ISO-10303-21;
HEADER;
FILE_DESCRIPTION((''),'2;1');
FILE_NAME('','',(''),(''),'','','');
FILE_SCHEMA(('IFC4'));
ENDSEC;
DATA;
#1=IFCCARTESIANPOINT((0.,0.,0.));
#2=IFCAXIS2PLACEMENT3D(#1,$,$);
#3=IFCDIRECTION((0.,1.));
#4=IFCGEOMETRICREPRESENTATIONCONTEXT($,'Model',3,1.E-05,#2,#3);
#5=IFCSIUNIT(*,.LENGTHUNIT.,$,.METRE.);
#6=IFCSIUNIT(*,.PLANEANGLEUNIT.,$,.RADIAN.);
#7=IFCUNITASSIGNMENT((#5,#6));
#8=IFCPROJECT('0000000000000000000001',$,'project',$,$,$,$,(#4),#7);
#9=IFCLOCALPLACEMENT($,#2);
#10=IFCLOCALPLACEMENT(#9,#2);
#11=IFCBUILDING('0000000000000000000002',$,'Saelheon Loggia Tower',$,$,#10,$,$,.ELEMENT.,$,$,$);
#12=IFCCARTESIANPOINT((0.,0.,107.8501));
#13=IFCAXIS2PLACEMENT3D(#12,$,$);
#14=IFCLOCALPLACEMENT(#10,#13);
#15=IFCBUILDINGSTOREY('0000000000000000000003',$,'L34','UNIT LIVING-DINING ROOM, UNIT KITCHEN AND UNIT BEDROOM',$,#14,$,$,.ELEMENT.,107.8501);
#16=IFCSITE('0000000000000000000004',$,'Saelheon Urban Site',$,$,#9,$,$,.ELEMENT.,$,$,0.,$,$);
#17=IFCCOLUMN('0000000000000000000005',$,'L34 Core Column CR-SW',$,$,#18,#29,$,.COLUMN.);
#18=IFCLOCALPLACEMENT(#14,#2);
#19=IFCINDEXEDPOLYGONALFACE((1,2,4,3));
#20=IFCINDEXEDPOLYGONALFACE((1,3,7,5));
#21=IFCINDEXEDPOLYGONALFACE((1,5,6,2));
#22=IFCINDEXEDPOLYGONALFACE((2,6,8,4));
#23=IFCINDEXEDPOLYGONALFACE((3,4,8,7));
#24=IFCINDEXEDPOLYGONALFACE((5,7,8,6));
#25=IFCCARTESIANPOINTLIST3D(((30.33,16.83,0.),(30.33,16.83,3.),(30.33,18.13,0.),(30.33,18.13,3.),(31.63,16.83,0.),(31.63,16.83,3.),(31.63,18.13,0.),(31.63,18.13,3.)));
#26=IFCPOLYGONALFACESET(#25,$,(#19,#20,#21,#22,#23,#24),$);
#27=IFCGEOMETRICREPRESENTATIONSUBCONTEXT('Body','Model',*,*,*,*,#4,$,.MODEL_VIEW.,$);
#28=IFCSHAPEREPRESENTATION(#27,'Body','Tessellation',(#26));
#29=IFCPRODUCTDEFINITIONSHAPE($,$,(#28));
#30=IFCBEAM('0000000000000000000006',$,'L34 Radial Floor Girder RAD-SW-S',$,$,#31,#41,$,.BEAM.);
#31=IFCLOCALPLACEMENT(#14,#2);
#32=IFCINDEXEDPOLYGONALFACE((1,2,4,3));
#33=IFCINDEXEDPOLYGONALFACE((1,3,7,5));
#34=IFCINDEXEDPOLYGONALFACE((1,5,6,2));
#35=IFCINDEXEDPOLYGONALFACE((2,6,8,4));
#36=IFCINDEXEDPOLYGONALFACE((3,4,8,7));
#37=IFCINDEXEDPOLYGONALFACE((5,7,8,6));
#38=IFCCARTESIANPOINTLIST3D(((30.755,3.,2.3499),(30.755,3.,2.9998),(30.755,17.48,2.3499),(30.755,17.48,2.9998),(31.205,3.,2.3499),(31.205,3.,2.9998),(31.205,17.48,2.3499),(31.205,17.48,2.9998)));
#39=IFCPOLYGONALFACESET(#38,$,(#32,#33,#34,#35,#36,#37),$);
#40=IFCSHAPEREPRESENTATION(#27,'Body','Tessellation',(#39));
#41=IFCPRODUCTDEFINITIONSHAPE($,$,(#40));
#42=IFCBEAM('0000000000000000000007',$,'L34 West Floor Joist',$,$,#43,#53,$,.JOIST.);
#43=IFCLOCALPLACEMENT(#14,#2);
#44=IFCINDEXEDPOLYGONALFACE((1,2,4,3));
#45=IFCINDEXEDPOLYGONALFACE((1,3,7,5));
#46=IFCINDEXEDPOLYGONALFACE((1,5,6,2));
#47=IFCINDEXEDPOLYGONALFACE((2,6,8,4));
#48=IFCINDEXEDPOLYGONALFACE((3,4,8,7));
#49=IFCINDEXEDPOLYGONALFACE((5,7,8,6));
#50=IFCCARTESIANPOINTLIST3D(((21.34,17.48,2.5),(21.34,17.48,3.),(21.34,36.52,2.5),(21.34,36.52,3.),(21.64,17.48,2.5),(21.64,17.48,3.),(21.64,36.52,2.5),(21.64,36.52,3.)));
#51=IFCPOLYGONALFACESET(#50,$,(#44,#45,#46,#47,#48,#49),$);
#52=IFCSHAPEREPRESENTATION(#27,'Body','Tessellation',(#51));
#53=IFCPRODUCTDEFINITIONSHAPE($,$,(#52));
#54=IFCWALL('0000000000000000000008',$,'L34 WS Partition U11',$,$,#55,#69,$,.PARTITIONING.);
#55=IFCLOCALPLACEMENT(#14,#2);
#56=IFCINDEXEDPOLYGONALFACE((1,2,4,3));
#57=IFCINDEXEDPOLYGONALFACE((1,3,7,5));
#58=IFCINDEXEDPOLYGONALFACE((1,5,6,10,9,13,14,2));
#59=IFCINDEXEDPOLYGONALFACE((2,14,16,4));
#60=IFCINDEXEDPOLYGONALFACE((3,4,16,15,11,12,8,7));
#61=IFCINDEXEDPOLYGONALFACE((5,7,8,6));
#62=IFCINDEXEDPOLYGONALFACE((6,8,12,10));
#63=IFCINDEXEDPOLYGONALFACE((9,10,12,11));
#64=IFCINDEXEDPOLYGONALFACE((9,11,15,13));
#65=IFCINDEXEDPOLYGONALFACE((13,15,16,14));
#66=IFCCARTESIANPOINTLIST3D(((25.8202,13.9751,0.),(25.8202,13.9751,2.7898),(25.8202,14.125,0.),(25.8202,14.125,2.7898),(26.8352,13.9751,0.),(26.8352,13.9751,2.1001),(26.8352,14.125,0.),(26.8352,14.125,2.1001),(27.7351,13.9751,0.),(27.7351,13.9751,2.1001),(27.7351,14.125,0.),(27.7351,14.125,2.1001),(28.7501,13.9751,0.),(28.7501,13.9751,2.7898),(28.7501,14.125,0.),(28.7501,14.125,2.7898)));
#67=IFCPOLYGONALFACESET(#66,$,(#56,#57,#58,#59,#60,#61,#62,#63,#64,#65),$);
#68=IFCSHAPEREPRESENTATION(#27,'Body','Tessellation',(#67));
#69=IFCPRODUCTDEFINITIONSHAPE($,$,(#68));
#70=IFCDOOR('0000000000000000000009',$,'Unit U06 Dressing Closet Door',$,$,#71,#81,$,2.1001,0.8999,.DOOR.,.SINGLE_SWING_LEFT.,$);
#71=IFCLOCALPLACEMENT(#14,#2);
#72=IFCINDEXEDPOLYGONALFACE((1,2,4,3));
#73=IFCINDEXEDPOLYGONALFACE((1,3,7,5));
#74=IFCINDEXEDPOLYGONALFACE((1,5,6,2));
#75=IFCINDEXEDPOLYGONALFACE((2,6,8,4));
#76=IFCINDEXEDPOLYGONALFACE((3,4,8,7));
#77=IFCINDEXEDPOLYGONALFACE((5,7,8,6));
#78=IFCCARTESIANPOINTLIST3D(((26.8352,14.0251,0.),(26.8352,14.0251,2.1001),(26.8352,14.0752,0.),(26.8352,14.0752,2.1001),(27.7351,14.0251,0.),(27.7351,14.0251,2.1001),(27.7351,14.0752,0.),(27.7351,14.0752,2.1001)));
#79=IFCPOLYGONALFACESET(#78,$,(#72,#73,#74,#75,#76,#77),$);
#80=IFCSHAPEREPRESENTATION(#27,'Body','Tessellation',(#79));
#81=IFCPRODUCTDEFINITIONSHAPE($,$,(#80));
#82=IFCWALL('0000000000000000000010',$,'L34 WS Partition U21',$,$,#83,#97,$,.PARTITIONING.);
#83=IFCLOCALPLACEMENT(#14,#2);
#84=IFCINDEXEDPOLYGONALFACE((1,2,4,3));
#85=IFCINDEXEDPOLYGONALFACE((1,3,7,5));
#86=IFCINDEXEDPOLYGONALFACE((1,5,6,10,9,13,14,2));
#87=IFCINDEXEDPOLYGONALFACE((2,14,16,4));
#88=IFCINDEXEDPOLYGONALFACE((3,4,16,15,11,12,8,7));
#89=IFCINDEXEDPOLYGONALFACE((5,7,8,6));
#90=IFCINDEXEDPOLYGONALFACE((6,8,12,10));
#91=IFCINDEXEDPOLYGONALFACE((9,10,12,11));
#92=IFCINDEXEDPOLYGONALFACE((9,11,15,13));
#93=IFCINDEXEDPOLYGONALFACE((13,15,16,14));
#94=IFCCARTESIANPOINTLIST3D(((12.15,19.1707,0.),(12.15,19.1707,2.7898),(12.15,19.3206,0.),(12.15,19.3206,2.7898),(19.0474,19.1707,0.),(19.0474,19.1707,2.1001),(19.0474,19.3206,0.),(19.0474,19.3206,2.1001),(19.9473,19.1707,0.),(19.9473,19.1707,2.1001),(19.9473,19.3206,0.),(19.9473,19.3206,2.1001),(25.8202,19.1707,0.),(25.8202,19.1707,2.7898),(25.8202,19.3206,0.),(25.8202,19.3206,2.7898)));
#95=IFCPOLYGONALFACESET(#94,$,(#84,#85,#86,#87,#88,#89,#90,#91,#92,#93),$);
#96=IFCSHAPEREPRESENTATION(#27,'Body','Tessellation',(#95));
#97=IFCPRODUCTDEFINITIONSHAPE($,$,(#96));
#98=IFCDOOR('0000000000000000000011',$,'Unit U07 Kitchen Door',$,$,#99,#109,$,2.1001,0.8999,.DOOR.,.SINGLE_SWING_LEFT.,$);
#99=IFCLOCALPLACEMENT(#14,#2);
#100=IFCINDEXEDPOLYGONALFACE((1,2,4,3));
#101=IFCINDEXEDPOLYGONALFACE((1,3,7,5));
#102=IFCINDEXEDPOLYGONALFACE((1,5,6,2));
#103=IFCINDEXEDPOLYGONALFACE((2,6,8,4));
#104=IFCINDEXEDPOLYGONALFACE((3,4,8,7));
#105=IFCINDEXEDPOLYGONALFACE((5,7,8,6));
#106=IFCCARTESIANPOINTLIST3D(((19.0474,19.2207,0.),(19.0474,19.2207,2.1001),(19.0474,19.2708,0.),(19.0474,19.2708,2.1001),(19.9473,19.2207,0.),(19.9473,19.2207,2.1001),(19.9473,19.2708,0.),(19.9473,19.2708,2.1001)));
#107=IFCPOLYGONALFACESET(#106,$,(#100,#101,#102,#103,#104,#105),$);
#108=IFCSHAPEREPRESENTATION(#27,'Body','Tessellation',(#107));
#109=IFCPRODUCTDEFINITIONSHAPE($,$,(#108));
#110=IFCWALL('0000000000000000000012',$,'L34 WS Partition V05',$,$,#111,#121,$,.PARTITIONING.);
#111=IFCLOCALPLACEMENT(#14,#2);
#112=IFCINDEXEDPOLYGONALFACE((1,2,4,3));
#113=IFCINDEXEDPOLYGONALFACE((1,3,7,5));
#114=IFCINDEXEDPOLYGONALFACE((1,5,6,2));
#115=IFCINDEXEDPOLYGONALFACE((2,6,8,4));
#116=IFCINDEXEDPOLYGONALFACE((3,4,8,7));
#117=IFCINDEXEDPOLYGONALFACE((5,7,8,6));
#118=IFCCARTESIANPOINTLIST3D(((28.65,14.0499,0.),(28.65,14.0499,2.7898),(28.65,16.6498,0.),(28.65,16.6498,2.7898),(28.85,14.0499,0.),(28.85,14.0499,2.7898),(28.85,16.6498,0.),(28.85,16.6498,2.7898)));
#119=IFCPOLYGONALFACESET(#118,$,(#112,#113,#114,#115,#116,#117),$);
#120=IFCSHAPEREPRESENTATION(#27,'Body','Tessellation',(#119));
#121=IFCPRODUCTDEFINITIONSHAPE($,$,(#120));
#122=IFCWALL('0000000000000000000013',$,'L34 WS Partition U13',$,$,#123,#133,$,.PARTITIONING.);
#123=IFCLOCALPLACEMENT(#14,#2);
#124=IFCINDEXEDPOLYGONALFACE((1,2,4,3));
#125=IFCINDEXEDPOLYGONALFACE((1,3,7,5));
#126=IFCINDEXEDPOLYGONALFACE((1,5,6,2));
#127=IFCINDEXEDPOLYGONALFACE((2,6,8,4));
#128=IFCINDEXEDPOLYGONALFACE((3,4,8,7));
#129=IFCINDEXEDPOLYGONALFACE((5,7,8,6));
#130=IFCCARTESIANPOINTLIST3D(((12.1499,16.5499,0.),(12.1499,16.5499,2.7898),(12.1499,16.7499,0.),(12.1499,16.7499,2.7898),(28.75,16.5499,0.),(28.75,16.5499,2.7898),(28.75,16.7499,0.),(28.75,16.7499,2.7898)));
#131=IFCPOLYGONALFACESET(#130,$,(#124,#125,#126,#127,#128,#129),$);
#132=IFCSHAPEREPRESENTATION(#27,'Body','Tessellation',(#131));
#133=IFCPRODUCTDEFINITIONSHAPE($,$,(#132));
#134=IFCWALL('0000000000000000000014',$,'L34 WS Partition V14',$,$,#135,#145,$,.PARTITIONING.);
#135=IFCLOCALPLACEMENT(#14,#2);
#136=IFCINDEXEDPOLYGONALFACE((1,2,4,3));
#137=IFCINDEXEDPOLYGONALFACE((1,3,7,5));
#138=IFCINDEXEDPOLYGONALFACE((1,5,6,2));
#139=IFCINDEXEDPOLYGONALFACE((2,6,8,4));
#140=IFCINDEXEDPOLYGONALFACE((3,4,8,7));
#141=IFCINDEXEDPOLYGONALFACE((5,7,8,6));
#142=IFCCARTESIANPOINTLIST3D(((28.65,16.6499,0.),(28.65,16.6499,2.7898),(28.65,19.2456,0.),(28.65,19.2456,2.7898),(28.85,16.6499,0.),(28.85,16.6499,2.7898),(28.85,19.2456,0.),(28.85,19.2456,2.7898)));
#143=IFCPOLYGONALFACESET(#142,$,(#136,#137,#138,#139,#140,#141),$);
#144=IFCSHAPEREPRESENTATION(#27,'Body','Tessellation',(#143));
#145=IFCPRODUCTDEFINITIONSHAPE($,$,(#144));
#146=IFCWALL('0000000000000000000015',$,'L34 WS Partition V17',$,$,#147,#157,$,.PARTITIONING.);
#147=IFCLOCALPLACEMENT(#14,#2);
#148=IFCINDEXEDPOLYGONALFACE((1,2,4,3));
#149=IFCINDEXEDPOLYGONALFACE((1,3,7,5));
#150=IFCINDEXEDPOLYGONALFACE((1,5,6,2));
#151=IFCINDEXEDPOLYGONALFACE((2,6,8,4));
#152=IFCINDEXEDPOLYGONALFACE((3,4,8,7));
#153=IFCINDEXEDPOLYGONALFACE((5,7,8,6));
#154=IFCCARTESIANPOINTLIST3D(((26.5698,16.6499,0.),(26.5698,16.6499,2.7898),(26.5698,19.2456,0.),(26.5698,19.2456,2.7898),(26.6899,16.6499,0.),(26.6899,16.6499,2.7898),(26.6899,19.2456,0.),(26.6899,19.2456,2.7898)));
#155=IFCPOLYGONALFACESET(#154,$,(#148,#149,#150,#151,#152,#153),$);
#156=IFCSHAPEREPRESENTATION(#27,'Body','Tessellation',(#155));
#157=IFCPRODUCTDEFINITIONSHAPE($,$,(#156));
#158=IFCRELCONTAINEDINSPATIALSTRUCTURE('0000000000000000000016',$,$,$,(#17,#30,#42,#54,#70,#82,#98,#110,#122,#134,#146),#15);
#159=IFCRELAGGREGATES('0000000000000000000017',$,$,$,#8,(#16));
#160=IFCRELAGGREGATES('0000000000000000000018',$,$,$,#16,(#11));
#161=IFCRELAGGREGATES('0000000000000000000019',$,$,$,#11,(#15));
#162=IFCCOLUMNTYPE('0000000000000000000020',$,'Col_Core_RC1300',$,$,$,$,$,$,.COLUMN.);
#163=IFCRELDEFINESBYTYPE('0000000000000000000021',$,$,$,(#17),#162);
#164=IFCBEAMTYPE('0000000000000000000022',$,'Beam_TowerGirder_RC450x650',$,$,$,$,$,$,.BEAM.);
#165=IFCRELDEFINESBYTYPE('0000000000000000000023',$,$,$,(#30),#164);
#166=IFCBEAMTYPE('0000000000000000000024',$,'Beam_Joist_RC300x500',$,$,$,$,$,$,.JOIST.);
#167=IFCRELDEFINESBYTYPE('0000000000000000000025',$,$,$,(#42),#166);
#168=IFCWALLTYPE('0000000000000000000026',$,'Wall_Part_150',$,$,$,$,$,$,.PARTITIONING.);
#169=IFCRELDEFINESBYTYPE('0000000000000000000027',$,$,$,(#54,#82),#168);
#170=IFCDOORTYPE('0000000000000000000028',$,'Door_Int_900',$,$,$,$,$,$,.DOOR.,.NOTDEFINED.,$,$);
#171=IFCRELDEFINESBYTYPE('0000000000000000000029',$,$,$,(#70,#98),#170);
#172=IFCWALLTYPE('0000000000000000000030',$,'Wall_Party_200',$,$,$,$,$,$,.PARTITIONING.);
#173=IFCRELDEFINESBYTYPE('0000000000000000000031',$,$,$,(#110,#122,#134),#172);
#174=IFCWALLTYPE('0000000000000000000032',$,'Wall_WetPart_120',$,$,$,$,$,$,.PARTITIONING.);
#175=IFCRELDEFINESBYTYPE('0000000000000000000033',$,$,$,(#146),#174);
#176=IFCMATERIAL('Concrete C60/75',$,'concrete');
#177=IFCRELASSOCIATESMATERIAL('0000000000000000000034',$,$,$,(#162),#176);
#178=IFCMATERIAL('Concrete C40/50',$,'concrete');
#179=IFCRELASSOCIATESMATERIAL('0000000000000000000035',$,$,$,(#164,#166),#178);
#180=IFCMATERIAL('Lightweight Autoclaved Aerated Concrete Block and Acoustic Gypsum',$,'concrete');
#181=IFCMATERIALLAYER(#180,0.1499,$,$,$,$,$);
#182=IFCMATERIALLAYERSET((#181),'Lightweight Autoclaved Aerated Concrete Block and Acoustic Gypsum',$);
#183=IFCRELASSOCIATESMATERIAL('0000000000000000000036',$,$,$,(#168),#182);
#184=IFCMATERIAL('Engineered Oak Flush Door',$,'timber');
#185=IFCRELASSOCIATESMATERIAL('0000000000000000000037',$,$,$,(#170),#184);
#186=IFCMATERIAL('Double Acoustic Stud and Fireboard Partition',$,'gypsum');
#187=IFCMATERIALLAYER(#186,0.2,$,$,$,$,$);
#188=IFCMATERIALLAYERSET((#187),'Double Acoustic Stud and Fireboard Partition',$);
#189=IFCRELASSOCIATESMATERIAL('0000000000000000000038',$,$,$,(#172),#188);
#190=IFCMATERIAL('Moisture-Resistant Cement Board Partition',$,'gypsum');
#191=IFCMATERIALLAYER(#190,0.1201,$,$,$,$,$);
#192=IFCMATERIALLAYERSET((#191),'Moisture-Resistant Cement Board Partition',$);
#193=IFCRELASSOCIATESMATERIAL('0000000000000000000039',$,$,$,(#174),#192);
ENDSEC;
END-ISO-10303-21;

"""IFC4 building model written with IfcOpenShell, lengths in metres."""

from ifc_helpers import new_model, si_unit, direction, frame, frame_2d, origin, origin_2d, place, context, subcontext, project, spatial, rectangle, extrude, source, transform, mapped, material, layer, layer_set, material_profile, profile_set, type_object, element, fill, save


model = new_model("IFC4")

# Units and contexts
model_context = context("Model", 3, precision=1e-05, world=origin(), true_north=direction((0.0, 1.0)))
body_context = subcontext(model_context, "Body", "Model", "MODEL_VIEW")
ifc_project = project(units=[si_unit("LENGTHUNIT", "METRE"), si_unit("PLANEANGLEUNIT", "RADIAN")], contexts=[model_context])

# Site, building, storey
site_placement = place(None, origin())
site = spatial("IfcSite", under=ifc_project, at=site_placement, Name="Saelheon Urban Site", CompositionType="ELEMENT", RefElevation=0.0)
building_placement = place(site_placement, origin())
building = spatial("IfcBuilding", under=site, at=building_placement, Name="Saelheon Loggia Tower", CompositionType="ELEMENT")
storey_placement = place(building_placement, frame((0.0, 0.0, 107.8501)))
storey = spatial("IfcBuildingStorey", under=building, at=storey_placement, Name="L34", Description="UNIT LIVING-DINING ROOM, UNIT KITCHEN AND UNIT BEDROOM", CompositionType="ELEMENT", Elevation=107.8501)

# Column
ifc_material_1 = material(Name="Concrete C60/75", Category="concrete")
ifc_material_profile_1 = material_profile(ifc_material_1, rectangle(XDim=1.3, YDim=1.3, at=origin_2d()), Name="RC-1300x1300")
ifc_profile_set_1 = profile_set([ifc_material_profile_1], Name="Concrete C60/75")
column_type = type_object("IfcColumnType", Name="Col_Core_RC1300", PredefinedType="COLUMN", material=ifc_profile_set_1)
shared_shape_1 = source(origin(), body_context, "Body", "SweptSolid", [
    extrude(rectangle(XDim=1.3, YDim=1.3, at=origin_2d()), origin(), (0.0, 0.0, 1.0), 3.0),
])
column_placement = place(storey_placement, frame((30.98, 17.48, 0.0), z_axis=(0.0, 0.0, 1.0), x_axis=(1.0, 0.0, 0.0)))
element("IfcColumn", 1, at=column_placement, inside=storey, type_object=column_type, Name="L34 Core Column CR-SW", PredefinedType="COLUMN", context=body_context, shape_type="MappedRepresentation", body=[
    mapped(shared_shape_1, transform((0.0, 0.0, 0.0), scale=1.0)),
])

# Beams
ifc_material_2 = material(Name="Concrete C40/50", Category="concrete")
ifc_material_profile_2 = material_profile(ifc_material_2, rectangle(XDim=0.45, YDim=0.6499, at=origin_2d()), Name="RC-450x650")
ifc_profile_set_2 = profile_set([ifc_material_profile_2], Name="Concrete C40/50")
beam_type_1 = type_object("IfcBeamType", Name="Beam_TowerGirder_RC450x650", PredefinedType="BEAM", material=ifc_profile_set_2)
shared_shape_2 = source(origin(), body_context, "Body", "SweptSolid", [
    extrude(rectangle(XDim=0.45, YDim=0.6499, at=origin_2d()), origin(), (0.0, 0.0, 1.0), 14.48),
])
beam_1_placement = place(storey_placement, frame((30.98, 17.48, 2.6748), z_axis=(0.0, -1.0, 0.0), x_axis=(1.0, 0.0, 0.0)))
element("IfcBeam", 2, at=beam_1_placement, inside=storey, type_object=beam_type_1, Name="L34 Radial Floor Girder RAD-SW-S", PredefinedType="BEAM", context=body_context, shape_type="MappedRepresentation", body=[
    mapped(shared_shape_2, transform((0.0, 0.0, 0.0), scale=1.0)),
])
ifc_material_profile_3 = material_profile(ifc_material_2, rectangle(XDim=0.3, YDim=0.5, at=origin_2d()), Name="RC-300x500")
ifc_profile_set_3 = profile_set([ifc_material_profile_3], Name="Concrete C40/50")
beam_type_2 = type_object("IfcBeamType", Name="Beam_Joist_RC300x500", PredefinedType="JOIST", material=ifc_profile_set_3)
shared_shape_3 = source(origin(), body_context, "Body", "SweptSolid", [
    extrude(rectangle(XDim=0.3, YDim=0.5, at=origin_2d()), origin(), (0.0, 0.0, 1.0), 19.04),
])
beam_2_placement = place(storey_placement, frame((21.49, 17.48, 2.75), z_axis=(0.0, 1.0, 0.0), x_axis=(-1.0, 0.0, 0.0)))
element("IfcBeam", 3, at=beam_2_placement, inside=storey, type_object=beam_type_2, Name="L34 West Floor Joist", PredefinedType="JOIST", context=body_context, shape_type="MappedRepresentation", body=[
    mapped(shared_shape_3, transform((0.0, 0.0, 0.0), scale=1.0)),
])

# Walls, openings, doors
ifc_material_3 = material(Name="Lightweight Autoclaved Aerated Concrete Block and Acoustic Gypsum", Category="concrete")
ifc_layer_1 = layer(ifc_material_3, 0.1499)
ifc_layer_set_1 = layer_set([ifc_layer_1], Name="Lightweight Autoclaved Aerated Concrete Block and Acoustic Gypsum")
wall_type_1 = type_object("IfcWallType", Name="Wall_Part_150", PredefinedType="PARTITIONING", material=ifc_layer_set_1)
wall_1_placement = place(storey_placement, frame((28.75, 14.05, 0.0), z_axis=(0.0, 0.0, 1.0), x_axis=(-1.0, 0.0, 0.0)))
wall_1 = element("IfcWall", 4, at=wall_1_placement, inside=storey, type_object=wall_type_1, Name="L34 WS Partition U11", PredefinedType="PARTITIONING", context=body_context, shape_type="SweptSolid", body=[
    extrude(rectangle(XDim=2.9299, YDim=0.1499, at=frame_2d((1.4648, 0.0))), origin(), (0.0, 0.0, 1.0), 2.7898),
])
opening_1_placement = place(wall_1_placement, frame((1.0149, 0.0, 0.0)))
opening_1 = element("IfcOpeningElement", 5, at=opening_1_placement, cuts=wall_1, PredefinedType="OPENING", context=body_context, shape_type="SweptSolid", body=[
    extrude(rectangle(XDim=0.8999, YDim=2.1001, at=frame_2d((0.45, 1.05))), frame((0.0, 0.0869, 0.0), z_axis=(0.0, -1.0, 0.0), x_axis=(1.0, 0.0, 0.0)), (0.0, 0.0, 1.0), 0.1738),
])
ifc_material_4 = material(Name="Engineered Oak Flush Door", Category="timber")
door_type_1 = type_object("IfcDoorType", Name="Door_Int_900", OperationType="NOTDEFINED", PredefinedType="DOOR", material=ifc_material_4)
shared_shape_4 = source(origin(), body_context, "Body", "SweptSolid", [
    extrude(rectangle(XDim=0.8999, YDim=2.1001, at=frame_2d((0.45, 1.05))), frame((0.0, 0.0249, 0.0), z_axis=(0.0, -1.0, 0.0), x_axis=(1.0, 0.0, 0.0)), (0.0, 0.0, 1.0), 0.05),
])
door_1_placement = place(opening_1_placement, origin())
door_1 = element("IfcDoor", 6, at=door_1_placement, inside=storey, type_object=door_type_1, Name="Unit U06 Dressing Closet Door", OperationType="SINGLE_SWING_LEFT", OverallHeight=2.1001, OverallWidth=0.8999, PredefinedType="DOOR", context=body_context, shape_type="MappedRepresentation", body=[
    mapped(shared_shape_4, transform((0.0, 0.0, 0.0), scale=1.0)),
])
fill(opening_1, door_1)
wall_2_placement = place(storey_placement, frame((25.8201, 19.2456, 0.0), z_axis=(0.0, 0.0, 1.0), x_axis=(-1.0, 0.0, 0.0)))
wall_2 = element("IfcWall", 7, at=wall_2_placement, inside=storey, type_object=wall_type_1, Name="L34 WS Partition U21", PredefinedType="PARTITIONING", context=body_context, shape_type="SweptSolid", body=[
    extrude(rectangle(XDim=13.6702, YDim=0.1499, at=frame_2d((6.835, 0.0))), origin(), (0.0, 0.0, 1.0), 2.7898),
])
opening_2_placement = place(wall_2_placement, frame((5.8728, 0.0, 0.0)))
opening_2 = element("IfcOpeningElement", 8, at=opening_2_placement, cuts=wall_2, PredefinedType="OPENING", context=body_context, shape_type="SweptSolid", body=[
    extrude(rectangle(XDim=0.8999, YDim=2.1001, at=frame_2d((0.45, 1.05))), frame((0.0, 0.0869, 0.0), z_axis=(0.0, -1.0, 0.0), x_axis=(1.0, 0.0, 0.0)), (0.0, 0.0, 1.0), 0.1738),
])
door_2_placement = place(opening_2_placement, origin())
door_2 = element("IfcDoor", 9, at=door_2_placement, inside=storey, type_object=door_type_1, Name="Unit U07 Kitchen Door", OperationType="SINGLE_SWING_LEFT", OverallHeight=2.1001, OverallWidth=0.8999, PredefinedType="DOOR", context=body_context, shape_type="MappedRepresentation", body=[
    mapped(shared_shape_4, transform((0.0, 0.0, 0.0), scale=1.0)),
])
fill(opening_2, door_2)

# Walls
ifc_material_5 = material(Name="Double Acoustic Stud and Fireboard Partition", Category="gypsum")
ifc_layer_2 = layer(ifc_material_5, 0.2)
ifc_layer_set_2 = layer_set([ifc_layer_2], Name="Double Acoustic Stud and Fireboard Partition")
wall_type_2 = type_object("IfcWallType", Name="Wall_Party_200", PredefinedType="PARTITIONING", material=ifc_layer_set_2)
wall_3_placement = place(storey_placement, frame((28.75, 14.05, 0.0), z_axis=(0.0, 0.0, 1.0), x_axis=(0.0, 1.0, 0.0)))
element("IfcWall", 10, at=wall_3_placement, inside=storey, type_object=wall_type_2, Name="L34 WS Partition V05", PredefinedType="PARTITIONING", context=body_context, shape_type="SweptSolid", body=[
    extrude(rectangle(XDim=2.5999, YDim=0.2, at=frame_2d((1.2998, 0.0))), origin(), (0.0, 0.0, 1.0), 2.7898),
])
wall_4_placement = place(storey_placement, frame((28.75, 16.6499, 0.0), z_axis=(0.0, 0.0, 1.0), x_axis=(-1.0, 0.0, 0.0)))
element("IfcWall", 11, at=wall_4_placement, inside=storey, type_object=wall_type_2, Name="L34 WS Partition U13", PredefinedType="PARTITIONING", context=body_context, shape_type="SweptSolid", body=[
    extrude(rectangle(XDim=16.6001, YDim=0.2, at=frame_2d((8.3, 0.0))), origin(), (0.0, 0.0, 1.0), 2.7898),
])
wall_5_placement = place(storey_placement, frame((28.75, 16.6499, 0.0), z_axis=(0.0, 0.0, 1.0), x_axis=(0.0, 1.0, 0.0)))
element("IfcWall", 12, at=wall_5_placement, inside=storey, type_object=wall_type_2, Name="L34 WS Partition V14", PredefinedType="PARTITIONING", context=body_context, shape_type="SweptSolid", body=[
    extrude(rectangle(XDim=2.5957, YDim=0.2, at=frame_2d((1.2979, 0.0))), origin(), (0.0, 0.0, 1.0), 2.7898),
])

# Wall
ifc_material_6 = material(Name="Moisture-Resistant Cement Board Partition", Category="gypsum")
ifc_layer_3 = layer(ifc_material_6, 0.1201)
ifc_layer_set_3 = layer_set([ifc_layer_3], Name="Moisture-Resistant Cement Board Partition")
wall_type_3 = type_object("IfcWallType", Name="Wall_WetPart_120", PredefinedType="PARTITIONING", material=ifc_layer_set_3)
wall_6_placement = place(storey_placement, frame((26.6299, 16.6499, 0.0), z_axis=(0.0, 0.0, 1.0), x_axis=(0.0, 1.0, 0.0)))
element("IfcWall", 13, at=wall_6_placement, inside=storey, type_object=wall_type_3, Name="L34 WS Partition V17", PredefinedType="PARTITIONING", context=body_context, shape_type="SweptSolid", body=[
    extrude(rectangle(XDim=2.5957, YDim=0.1201, at=frame_2d((1.2979, 0.0))), origin(), (0.0, 0.0, 1.0), 2.7898),
])

save(model, "model.ifc")
